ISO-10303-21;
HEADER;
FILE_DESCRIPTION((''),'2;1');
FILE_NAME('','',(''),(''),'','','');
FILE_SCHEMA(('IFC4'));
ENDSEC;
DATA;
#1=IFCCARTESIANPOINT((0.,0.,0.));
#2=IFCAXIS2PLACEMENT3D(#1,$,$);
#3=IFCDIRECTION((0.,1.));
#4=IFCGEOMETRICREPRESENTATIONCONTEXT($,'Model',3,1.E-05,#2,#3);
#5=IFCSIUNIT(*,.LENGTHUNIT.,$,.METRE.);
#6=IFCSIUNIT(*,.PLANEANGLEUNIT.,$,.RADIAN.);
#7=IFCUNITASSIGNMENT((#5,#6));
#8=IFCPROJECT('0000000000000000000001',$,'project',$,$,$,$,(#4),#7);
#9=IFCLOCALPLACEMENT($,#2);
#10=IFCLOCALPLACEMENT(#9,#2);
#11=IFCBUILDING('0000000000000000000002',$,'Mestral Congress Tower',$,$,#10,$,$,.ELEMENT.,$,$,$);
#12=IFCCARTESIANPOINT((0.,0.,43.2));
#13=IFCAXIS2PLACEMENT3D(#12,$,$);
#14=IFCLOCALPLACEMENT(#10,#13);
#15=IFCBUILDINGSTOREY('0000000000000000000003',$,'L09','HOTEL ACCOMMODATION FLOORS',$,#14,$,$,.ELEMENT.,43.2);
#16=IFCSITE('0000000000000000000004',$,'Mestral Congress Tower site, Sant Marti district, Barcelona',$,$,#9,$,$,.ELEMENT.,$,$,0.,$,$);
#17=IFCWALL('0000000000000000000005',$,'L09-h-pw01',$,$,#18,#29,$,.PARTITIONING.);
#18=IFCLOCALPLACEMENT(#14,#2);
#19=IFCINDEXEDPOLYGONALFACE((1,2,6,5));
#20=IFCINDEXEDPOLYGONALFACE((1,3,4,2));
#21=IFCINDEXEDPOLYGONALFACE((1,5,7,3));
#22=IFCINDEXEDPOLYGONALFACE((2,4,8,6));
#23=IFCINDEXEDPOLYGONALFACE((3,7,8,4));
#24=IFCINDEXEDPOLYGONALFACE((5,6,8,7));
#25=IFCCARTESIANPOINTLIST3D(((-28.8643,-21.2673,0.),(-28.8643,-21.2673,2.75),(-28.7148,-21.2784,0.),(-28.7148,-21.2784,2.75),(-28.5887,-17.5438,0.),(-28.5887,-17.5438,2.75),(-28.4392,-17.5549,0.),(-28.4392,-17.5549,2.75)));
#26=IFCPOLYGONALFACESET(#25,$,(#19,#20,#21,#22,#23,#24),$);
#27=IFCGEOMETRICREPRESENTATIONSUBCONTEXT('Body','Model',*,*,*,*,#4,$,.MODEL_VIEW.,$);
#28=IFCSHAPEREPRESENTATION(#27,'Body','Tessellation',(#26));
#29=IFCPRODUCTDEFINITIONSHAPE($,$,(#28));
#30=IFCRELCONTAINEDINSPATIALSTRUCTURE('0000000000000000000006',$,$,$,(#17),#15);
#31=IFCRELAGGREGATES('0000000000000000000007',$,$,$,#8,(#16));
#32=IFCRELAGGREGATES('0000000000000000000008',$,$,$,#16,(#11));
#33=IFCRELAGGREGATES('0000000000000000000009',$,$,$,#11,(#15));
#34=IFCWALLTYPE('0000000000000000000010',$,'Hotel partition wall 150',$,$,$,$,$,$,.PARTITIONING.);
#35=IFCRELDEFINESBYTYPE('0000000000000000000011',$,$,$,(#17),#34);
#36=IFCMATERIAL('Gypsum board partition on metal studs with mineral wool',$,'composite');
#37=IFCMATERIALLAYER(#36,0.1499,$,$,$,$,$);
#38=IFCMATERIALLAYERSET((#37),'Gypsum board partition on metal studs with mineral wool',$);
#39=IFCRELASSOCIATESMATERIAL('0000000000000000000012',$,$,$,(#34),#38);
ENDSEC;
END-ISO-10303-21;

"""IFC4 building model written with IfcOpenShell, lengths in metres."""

from ifc_helpers import new_model, si_unit, direction, frame, frame_2d, origin, place, context, subcontext, project, spatial, rectangle, extrude, material, layer, layer_set, type_object, element, save


model = new_model("IFC4")

# Units and contexts
model_context = context("Model", 3, precision=1e-05, world=origin(), true_north=direction((0.0, 1.0)))
body_context = subcontext(model_context, "Body", "Model", "MODEL_VIEW")
ifc_project = project(units=[si_unit("LENGTHUNIT", "METRE"), si_unit("PLANEANGLEUNIT", "RADIAN")], contexts=[model_context])

# Site, building, storey
site_placement = place(None, origin())
site = spatial("IfcSite", under=ifc_project, at=site_placement, Name="Mestral Congress Tower site, Sant Marti district, Barcelona", CompositionType="ELEMENT", RefElevation=0.0)
building_placement = place(site_placement, origin())
building = spatial("IfcBuilding", under=site, at=building_placement, Name="Mestral Congress Tower", CompositionType="ELEMENT")
storey_placement = place(building_placement, frame((0.0, 0.0, 43.2)))
storey = spatial("IfcBuildingStorey", under=building, at=storey_placement, Name="L09", Description="HOTEL ACCOMMODATION FLOORS", CompositionType="ELEMENT", Elevation=43.2)

# Shared definitions
ifc_material_1 = material(Name="Gypsum board partition on metal studs with mineral wool", Category="composite")
ifc_layer_1 = layer(ifc_material_1, 0.1499)
ifc_layer_set_1 = layer_set([ifc_layer_1], Name="Gypsum board partition on metal studs with mineral wool")
wall_type_1 = type_object("IfcWallType", Name="Hotel partition wall 150", PredefinedType="PARTITIONING", material=ifc_layer_set_1)

# Wall
wall_1_placement = place(storey_placement, frame((-28.7896, -21.2727, 0.0), z_axis=(0.0, 0.0, 1.0), x_axis=(0.073826, 0.997271, 0.0)))
element("IfcWall", 1, at=wall_1_placement, inside=storey, type_object=wall_type_1, Name="L09-h-pw01", PredefinedType="PARTITIONING", context=body_context, shape_type="SweptSolid", body=[
    extrude(rectangle(XDim=3.7336, YDim=0.1499, at=frame_2d((1.8667, 0.0))), origin(), (0.0, 0.0, 1.0), 2.75),
])

save(model, "model.ifc")
